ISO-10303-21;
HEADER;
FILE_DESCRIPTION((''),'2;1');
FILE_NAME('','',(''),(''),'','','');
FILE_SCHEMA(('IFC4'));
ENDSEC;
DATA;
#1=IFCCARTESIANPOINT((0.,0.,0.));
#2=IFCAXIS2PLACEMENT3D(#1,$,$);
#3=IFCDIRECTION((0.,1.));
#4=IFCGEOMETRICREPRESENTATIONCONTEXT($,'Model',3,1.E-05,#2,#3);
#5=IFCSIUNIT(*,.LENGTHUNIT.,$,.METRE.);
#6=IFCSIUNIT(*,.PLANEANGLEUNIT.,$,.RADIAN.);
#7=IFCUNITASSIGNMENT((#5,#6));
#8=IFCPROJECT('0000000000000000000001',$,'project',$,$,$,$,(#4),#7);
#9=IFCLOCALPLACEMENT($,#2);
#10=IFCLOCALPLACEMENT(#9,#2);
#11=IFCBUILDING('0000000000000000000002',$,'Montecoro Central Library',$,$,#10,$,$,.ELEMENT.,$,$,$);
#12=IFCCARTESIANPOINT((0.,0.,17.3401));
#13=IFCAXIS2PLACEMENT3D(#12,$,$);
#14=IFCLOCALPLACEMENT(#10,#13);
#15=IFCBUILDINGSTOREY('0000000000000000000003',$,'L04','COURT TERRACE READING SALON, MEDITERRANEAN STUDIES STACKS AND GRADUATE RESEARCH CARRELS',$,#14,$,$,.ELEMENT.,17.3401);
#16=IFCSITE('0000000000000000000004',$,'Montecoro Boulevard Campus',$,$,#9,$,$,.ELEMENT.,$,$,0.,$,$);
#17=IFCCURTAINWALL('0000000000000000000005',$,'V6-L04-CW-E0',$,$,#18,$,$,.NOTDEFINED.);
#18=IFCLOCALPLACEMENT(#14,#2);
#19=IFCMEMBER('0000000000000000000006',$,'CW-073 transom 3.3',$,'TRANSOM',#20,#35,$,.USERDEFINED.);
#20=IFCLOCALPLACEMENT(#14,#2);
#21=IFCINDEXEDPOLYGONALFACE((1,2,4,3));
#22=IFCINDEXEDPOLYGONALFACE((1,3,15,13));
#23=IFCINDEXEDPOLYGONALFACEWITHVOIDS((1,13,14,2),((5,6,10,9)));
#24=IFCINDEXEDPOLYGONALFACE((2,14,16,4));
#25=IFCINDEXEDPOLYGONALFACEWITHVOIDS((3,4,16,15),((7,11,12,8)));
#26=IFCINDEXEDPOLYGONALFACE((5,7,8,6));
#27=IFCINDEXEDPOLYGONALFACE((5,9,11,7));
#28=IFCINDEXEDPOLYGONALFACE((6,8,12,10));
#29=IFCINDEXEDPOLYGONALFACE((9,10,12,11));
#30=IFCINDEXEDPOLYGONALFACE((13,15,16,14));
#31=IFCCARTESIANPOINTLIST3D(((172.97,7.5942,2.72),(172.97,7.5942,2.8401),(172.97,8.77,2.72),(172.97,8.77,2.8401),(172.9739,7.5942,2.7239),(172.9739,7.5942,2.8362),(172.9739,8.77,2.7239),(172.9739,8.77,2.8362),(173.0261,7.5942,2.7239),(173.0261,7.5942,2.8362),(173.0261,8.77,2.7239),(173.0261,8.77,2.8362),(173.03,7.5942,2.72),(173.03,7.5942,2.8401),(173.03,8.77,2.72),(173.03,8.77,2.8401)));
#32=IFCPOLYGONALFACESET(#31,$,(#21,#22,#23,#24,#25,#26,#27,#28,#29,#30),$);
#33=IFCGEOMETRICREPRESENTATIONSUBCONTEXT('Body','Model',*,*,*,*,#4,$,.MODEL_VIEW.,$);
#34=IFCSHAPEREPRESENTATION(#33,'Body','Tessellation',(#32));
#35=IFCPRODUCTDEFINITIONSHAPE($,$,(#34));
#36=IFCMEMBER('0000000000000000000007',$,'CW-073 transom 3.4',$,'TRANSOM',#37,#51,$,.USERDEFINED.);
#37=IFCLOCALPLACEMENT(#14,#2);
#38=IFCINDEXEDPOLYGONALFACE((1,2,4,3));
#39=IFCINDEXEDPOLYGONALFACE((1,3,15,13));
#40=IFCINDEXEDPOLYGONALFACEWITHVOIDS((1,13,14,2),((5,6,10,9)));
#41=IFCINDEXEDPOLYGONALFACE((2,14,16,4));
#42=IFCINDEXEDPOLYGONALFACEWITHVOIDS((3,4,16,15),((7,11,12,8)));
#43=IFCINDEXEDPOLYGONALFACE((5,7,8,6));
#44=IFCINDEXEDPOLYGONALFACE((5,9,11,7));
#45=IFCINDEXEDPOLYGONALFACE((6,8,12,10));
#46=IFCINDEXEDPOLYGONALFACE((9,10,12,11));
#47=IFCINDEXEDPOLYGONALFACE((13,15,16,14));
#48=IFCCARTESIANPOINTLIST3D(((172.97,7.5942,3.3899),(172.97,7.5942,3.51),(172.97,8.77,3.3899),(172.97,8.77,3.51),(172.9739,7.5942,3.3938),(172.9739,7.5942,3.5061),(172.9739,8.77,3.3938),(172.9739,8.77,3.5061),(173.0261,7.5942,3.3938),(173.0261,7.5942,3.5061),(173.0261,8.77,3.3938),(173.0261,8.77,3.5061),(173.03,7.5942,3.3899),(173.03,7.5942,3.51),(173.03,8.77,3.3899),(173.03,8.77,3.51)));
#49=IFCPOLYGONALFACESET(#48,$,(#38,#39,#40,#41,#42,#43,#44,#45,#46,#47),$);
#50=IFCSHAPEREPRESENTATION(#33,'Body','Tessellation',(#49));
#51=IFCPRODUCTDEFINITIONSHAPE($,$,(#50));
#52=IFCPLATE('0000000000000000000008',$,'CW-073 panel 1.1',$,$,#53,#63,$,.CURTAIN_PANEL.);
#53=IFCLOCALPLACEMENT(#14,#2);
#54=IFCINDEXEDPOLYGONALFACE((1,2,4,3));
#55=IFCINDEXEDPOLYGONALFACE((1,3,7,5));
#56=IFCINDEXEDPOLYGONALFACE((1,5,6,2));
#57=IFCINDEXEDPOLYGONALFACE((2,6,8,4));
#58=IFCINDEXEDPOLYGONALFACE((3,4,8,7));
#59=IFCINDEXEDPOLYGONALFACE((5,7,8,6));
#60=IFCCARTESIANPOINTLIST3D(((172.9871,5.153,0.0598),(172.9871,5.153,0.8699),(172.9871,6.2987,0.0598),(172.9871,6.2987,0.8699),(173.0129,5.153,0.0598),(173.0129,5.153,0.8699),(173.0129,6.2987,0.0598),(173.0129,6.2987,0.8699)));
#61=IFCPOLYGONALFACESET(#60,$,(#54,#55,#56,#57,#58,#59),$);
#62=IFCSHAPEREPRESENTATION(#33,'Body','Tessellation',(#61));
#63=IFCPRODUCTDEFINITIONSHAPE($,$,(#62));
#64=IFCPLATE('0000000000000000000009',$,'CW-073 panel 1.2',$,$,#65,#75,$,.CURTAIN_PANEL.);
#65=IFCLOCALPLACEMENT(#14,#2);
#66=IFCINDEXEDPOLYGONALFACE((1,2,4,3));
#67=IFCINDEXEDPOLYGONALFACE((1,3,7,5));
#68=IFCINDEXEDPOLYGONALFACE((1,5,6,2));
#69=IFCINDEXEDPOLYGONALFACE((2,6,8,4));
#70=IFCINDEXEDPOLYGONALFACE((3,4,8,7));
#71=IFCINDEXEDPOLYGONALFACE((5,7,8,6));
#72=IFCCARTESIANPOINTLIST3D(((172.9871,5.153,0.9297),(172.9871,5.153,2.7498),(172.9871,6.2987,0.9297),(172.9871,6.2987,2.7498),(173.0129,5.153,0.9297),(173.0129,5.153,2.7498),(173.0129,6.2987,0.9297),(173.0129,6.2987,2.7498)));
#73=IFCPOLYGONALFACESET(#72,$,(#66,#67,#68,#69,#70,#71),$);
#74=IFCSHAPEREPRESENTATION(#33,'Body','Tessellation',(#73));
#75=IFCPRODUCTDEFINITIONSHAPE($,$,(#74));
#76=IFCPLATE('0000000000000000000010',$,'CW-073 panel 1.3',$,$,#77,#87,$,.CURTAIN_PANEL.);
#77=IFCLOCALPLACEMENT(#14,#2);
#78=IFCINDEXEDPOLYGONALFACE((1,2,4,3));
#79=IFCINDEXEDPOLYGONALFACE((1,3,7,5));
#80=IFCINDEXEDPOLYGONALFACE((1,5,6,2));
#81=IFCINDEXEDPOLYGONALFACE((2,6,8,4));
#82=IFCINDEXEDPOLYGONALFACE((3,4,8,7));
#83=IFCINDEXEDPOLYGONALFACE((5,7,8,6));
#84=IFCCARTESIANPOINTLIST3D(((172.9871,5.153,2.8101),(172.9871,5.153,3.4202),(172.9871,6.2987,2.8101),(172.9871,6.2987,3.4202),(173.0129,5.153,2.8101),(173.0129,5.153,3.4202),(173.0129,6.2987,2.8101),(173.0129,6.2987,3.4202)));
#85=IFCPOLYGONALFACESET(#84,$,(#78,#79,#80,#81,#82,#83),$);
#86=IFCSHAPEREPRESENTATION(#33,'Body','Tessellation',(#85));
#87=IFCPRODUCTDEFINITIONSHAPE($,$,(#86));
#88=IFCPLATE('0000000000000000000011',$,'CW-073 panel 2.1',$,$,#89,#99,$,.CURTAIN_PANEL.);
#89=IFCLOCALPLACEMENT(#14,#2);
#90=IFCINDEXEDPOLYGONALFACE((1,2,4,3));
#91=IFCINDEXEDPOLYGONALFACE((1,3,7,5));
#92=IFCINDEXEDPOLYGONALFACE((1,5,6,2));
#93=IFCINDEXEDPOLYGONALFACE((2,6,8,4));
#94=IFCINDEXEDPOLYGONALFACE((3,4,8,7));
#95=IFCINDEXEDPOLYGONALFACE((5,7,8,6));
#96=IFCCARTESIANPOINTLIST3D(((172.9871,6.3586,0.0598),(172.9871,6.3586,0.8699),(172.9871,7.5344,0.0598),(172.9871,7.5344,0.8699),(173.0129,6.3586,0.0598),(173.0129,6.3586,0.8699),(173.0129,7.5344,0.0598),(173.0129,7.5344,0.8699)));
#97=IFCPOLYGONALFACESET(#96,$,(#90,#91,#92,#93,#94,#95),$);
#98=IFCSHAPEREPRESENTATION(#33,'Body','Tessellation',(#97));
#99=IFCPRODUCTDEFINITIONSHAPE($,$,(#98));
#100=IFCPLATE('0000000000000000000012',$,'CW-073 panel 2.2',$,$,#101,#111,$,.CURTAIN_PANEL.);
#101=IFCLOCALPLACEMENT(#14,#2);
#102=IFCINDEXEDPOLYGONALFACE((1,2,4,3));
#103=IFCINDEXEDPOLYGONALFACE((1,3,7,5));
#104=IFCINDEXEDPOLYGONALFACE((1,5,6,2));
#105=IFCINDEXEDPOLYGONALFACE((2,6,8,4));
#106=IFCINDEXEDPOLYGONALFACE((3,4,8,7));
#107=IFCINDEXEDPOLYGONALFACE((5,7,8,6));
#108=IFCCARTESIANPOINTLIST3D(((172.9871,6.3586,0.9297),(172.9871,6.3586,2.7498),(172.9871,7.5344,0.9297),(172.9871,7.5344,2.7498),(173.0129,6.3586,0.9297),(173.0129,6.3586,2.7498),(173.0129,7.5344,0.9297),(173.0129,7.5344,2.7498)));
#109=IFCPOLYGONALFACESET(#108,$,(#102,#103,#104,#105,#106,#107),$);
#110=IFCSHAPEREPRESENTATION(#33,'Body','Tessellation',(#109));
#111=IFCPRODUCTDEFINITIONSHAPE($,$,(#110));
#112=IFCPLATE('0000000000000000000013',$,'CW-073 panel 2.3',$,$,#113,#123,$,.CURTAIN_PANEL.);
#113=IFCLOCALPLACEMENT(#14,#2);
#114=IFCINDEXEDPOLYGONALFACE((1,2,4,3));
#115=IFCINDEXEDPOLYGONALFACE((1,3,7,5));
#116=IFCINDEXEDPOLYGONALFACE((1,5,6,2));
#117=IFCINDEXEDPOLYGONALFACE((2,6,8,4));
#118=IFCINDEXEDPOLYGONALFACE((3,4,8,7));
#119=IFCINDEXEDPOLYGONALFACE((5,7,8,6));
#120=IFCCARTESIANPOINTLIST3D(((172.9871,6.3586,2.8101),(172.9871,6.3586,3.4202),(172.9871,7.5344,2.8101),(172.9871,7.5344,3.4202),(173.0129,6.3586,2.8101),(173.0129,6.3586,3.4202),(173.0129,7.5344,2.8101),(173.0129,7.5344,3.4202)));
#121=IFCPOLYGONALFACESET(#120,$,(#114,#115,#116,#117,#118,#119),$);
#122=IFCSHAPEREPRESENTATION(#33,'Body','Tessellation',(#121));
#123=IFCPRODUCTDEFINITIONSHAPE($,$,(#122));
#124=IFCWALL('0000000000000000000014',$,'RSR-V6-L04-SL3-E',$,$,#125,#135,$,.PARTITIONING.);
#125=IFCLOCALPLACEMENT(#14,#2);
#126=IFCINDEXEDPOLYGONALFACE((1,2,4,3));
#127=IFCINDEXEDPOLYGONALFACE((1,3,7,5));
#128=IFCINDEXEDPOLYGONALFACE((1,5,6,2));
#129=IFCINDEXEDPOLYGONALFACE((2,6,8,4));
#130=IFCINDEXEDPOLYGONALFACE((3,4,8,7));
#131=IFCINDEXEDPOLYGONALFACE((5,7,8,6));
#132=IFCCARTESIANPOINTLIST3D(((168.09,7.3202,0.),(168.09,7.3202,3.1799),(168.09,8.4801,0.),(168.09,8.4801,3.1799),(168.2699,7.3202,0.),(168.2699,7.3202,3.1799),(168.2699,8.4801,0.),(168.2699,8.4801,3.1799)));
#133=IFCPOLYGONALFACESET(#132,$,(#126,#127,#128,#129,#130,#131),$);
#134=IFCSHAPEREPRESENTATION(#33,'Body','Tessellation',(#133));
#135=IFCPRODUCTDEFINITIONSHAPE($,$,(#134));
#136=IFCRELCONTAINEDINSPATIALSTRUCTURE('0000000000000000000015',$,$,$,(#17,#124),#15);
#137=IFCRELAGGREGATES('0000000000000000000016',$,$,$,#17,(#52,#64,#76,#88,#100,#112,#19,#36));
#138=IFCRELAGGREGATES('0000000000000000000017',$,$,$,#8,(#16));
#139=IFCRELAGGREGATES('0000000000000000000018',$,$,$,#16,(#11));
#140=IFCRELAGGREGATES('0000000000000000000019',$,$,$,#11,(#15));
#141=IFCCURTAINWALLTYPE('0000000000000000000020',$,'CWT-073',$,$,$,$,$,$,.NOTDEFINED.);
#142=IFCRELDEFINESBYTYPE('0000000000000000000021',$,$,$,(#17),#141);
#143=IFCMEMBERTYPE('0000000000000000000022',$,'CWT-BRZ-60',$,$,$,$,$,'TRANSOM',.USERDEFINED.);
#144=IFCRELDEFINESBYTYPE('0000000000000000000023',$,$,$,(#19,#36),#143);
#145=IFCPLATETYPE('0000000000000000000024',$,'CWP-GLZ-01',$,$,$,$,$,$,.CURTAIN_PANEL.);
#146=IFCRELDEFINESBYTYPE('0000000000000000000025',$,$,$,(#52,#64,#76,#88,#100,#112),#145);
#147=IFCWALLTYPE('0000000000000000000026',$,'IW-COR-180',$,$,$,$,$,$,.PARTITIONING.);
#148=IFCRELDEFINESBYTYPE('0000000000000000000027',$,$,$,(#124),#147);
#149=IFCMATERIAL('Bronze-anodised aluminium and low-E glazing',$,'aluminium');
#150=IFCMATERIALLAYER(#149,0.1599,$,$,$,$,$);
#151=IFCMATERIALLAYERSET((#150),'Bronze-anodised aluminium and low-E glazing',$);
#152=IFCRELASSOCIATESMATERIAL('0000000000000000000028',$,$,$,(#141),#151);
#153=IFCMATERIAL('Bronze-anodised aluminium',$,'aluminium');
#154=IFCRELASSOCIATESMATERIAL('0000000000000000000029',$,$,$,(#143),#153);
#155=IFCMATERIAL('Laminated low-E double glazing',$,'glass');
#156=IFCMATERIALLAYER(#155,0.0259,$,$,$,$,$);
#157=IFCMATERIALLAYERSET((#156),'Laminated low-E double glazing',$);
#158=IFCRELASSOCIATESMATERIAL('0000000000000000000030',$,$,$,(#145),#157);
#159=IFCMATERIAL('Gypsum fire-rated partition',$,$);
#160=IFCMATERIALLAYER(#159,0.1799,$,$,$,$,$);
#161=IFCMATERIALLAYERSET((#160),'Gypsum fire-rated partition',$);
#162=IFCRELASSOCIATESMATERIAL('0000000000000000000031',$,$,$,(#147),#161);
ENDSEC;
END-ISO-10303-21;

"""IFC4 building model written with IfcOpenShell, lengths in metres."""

from ifc_helpers import new_model, si_unit, direction, frame, frame_2d, origin, origin_2d, place, context, subcontext, project, spatial, rectangle, hollow_rectangle, extrude, material, layer, layer_set, material_profile, profile_set, type_object, element, aggregate, save


model = new_model("IFC4")

# Units and contexts
model_context = context("Model", 3, precision=1e-05, world=origin(), true_north=direction((0.0, 1.0)))
body_context = subcontext(model_context, "Body", "Model", "MODEL_VIEW")
ifc_project = project(units=[si_unit("LENGTHUNIT", "METRE"), si_unit("PLANEANGLEUNIT", "RADIAN")], contexts=[model_context])

# Site, building, storey
site_placement = place(None, origin())
site = spatial("IfcSite", under=ifc_project, at=site_placement, Name="Montecoro Boulevard Campus", CompositionType="ELEMENT", RefElevation=0.0)
building_placement = place(site_placement, origin())
building = spatial("IfcBuilding", under=site, at=building_placement, Name="Montecoro Central Library", CompositionType="ELEMENT")
storey_placement = place(building_placement, frame((0.0, 0.0, 17.3401)))
storey = spatial("IfcBuildingStorey", under=building, at=storey_placement, Name="L04", Description="COURT TERRACE READING SALON, MEDITERRANEAN STUDIES STACKS AND GRADUATE RESEARCH CARRELS", CompositionType="ELEMENT", Elevation=17.3401)

# Curtain wall, members, plates
ifc_material_1 = material(Name="Bronze-anodised aluminium and low-E glazing", Category="aluminium")
ifc_layer_1 = layer(ifc_material_1, 0.1599)
ifc_layer_set_1 = layer_set([ifc_layer_1], Name="Bronze-anodised aluminium and low-E glazing")
curtain_wall_type = type_object("IfcCurtainWallType", Name="CWT-073", PredefinedType="NOTDEFINED", material=ifc_layer_set_1)
curtain_wall_placement = place(storey_placement, origin())
curtain_wall = element("IfcCurtainWall", 1, at=curtain_wall_placement, inside=storey, type_object=curtain_wall_type, Name="V6-L04-CW-E0", PredefinedType="NOTDEFINED")
ifc_material_2 = material(Name="Bronze-anodised aluminium", Category="aluminium")
ifc_material_profile_1 = material_profile(ifc_material_2, hollow_rectangle(XDim=0.0601, YDim=0.1201, WallThickness=0.0039, at=origin_2d()), Name="CWT 120x60x4.0")
ifc_profile_set_1 = profile_set([ifc_material_profile_1], Name="Bronze-anodised aluminium")
member_type_1 = type_object("IfcMemberType", Name="CWT-BRZ-60", ElementType="TRANSOM", PredefinedType="USERDEFINED", material=ifc_profile_set_1)
member_1_placement = place(storey_placement, frame((173.0, 7.5942, 2.78), z_axis=(0.0, 1.0, 0.0), x_axis=(-1.0, 0.0, 0.0)))
member_1 = element("IfcMember", 2, at=member_1_placement, type_object=member_type_1, Name="CW-073 transom 3.3", ObjectType="TRANSOM", PredefinedType="USERDEFINED", context=body_context, shape_type="SweptSolid", body=[
    extrude(hollow_rectangle(XDim=0.0601, YDim=0.1201, WallThickness=0.0039, at=origin_2d()), origin(), (0.0, 0.0, 1.0), 1.1758),
])
member_2_placement = place(storey_placement, frame((173.0, 7.5942, 3.45), z_axis=(0.0, 1.0, 0.0), x_axis=(-1.0, 0.0, 0.0)))
member_2 = element("IfcMember", 3, at=member_2_placement, type_object=member_type_1, Name="CW-073 transom 3.4", ObjectType="TRANSOM", PredefinedType="USERDEFINED", context=body_context, shape_type="SweptSolid", body=[
    extrude(hollow_rectangle(XDim=0.0601, YDim=0.1201, WallThickness=0.0039, at=origin_2d()), origin(), (0.0, 0.0, 1.0), 1.1758),
])
ifc_material_3 = material(Name="Laminated low-E double glazing", Category="glass")
ifc_layer_2 = layer(ifc_material_3, 0.0259)
ifc_layer_set_2 = layer_set([ifc_layer_2], Name="Laminated low-E double glazing")
plate_type = type_object("IfcPlateType", Name="CWP-GLZ-01", PredefinedType="CURTAIN_PANEL", material=ifc_layer_set_2)
plate_1_placement = place(storey_placement, frame((173.0, 5.7258, 0.0598), z_axis=(0.0, 0.0, 1.0), x_axis=(0.0, 1.0, 0.0)))
plate_1 = element("IfcPlate", 4, at=plate_1_placement, type_object=plate_type, Name="CW-073 panel 1.1", PredefinedType="CURTAIN_PANEL", context=body_context, shape_type="SweptSolid", body=[
    extrude(rectangle(XDim=1.1458, YDim=0.0259, at=origin_2d()), origin(), (0.0, 0.0, 1.0), 0.8101),
])
plate_2_placement = place(storey_placement, frame((173.0, 5.7258, 0.9297), z_axis=(0.0, 0.0, 1.0), x_axis=(0.0, 1.0, 0.0)))
plate_2 = element("IfcPlate", 5, at=plate_2_placement, type_object=plate_type, Name="CW-073 panel 1.2", PredefinedType="CURTAIN_PANEL", context=body_context, shape_type="SweptSolid", body=[
    extrude(rectangle(XDim=1.1458, YDim=0.0259, at=origin_2d()), origin(), (0.0, 0.0, 1.0), 1.8201),
])
plate_3_placement = place(storey_placement, frame((173.0, 5.7258, 2.8101), z_axis=(0.0, 0.0, 1.0), x_axis=(0.0, 1.0, 0.0)))
plate_3 = element("IfcPlate", 6, at=plate_3_placement, type_object=plate_type, Name="CW-073 panel 1.3", PredefinedType="CURTAIN_PANEL", context=body_context, shape_type="SweptSolid", body=[
    extrude(rectangle(XDim=1.1458, YDim=0.0259, at=origin_2d()), origin(), (0.0, 0.0, 1.0), 0.6101),
])
plate_4_placement = place(storey_placement, frame((173.0, 6.9465, 0.0598), z_axis=(0.0, 0.0, 1.0), x_axis=(0.0, 1.0, 0.0)))
plate_4 = element("IfcPlate", 7, at=plate_4_placement, type_object=plate_type, Name="CW-073 panel 2.1", PredefinedType="CURTAIN_PANEL", context=body_context, shape_type="SweptSolid", body=[
    extrude(rectangle(XDim=1.1758, YDim=0.0259, at=origin_2d()), origin(), (0.0, 0.0, 1.0), 0.8101),
])
plate_5_placement = place(storey_placement, frame((173.0, 6.9465, 0.9297), z_axis=(0.0, 0.0, 1.0), x_axis=(0.0, 1.0, 0.0)))
plate_5 = element("IfcPlate", 8, at=plate_5_placement, type_object=plate_type, Name="CW-073 panel 2.2", PredefinedType="CURTAIN_PANEL", context=body_context, shape_type="SweptSolid", body=[
    extrude(rectangle(XDim=1.1758, YDim=0.0259, at=origin_2d()), origin(), (0.0, 0.0, 1.0), 1.8201),
])
plate_6_placement = place(storey_placement, frame((173.0, 6.9465, 2.8101), z_axis=(0.0, 0.0, 1.0), x_axis=(0.0, 1.0, 0.0)))
plate_6 = element("IfcPlate", 9, at=plate_6_placement, type_object=plate_type, Name="CW-073 panel 2.3", PredefinedType="CURTAIN_PANEL", context=body_context, shape_type="SweptSolid", body=[
    extrude(rectangle(XDim=1.1758, YDim=0.0259, at=origin_2d()), origin(), (0.0, 0.0, 1.0), 0.6101),
])
aggregate(curtain_wall, [plate_1, plate_2, plate_3, plate_4, plate_5, plate_6, member_1, member_2])

# Wall
ifc_material_4 = material(Name="Gypsum fire-rated partition")
ifc_layer_3 = layer(ifc_material_4, 0.1799)
ifc_layer_set_3 = layer_set([ifc_layer_3], Name="Gypsum fire-rated partition")
wall_type = type_object("IfcWallType", Name="IW-COR-180", PredefinedType="PARTITIONING", material=ifc_layer_set_3)
wall_placement = place(storey_placement, frame((168.1799, 7.3201, 0.0), z_axis=(0.0, 0.0, 1.0), x_axis=(0.0, 1.0, 0.0)))
element("IfcWall", 10, at=wall_placement, inside=storey, type_object=wall_type, Name="RSR-V6-L04-SL3-E", PredefinedType="PARTITIONING", context=body_context, shape_type="SweptSolid", body=[
    extrude(rectangle(XDim=1.1599, YDim=0.1799, at=frame_2d((0.5801, 0.0))), origin(), (0.0, 0.0, 1.0), 3.1799),
])

save(model, "model.ifc")
